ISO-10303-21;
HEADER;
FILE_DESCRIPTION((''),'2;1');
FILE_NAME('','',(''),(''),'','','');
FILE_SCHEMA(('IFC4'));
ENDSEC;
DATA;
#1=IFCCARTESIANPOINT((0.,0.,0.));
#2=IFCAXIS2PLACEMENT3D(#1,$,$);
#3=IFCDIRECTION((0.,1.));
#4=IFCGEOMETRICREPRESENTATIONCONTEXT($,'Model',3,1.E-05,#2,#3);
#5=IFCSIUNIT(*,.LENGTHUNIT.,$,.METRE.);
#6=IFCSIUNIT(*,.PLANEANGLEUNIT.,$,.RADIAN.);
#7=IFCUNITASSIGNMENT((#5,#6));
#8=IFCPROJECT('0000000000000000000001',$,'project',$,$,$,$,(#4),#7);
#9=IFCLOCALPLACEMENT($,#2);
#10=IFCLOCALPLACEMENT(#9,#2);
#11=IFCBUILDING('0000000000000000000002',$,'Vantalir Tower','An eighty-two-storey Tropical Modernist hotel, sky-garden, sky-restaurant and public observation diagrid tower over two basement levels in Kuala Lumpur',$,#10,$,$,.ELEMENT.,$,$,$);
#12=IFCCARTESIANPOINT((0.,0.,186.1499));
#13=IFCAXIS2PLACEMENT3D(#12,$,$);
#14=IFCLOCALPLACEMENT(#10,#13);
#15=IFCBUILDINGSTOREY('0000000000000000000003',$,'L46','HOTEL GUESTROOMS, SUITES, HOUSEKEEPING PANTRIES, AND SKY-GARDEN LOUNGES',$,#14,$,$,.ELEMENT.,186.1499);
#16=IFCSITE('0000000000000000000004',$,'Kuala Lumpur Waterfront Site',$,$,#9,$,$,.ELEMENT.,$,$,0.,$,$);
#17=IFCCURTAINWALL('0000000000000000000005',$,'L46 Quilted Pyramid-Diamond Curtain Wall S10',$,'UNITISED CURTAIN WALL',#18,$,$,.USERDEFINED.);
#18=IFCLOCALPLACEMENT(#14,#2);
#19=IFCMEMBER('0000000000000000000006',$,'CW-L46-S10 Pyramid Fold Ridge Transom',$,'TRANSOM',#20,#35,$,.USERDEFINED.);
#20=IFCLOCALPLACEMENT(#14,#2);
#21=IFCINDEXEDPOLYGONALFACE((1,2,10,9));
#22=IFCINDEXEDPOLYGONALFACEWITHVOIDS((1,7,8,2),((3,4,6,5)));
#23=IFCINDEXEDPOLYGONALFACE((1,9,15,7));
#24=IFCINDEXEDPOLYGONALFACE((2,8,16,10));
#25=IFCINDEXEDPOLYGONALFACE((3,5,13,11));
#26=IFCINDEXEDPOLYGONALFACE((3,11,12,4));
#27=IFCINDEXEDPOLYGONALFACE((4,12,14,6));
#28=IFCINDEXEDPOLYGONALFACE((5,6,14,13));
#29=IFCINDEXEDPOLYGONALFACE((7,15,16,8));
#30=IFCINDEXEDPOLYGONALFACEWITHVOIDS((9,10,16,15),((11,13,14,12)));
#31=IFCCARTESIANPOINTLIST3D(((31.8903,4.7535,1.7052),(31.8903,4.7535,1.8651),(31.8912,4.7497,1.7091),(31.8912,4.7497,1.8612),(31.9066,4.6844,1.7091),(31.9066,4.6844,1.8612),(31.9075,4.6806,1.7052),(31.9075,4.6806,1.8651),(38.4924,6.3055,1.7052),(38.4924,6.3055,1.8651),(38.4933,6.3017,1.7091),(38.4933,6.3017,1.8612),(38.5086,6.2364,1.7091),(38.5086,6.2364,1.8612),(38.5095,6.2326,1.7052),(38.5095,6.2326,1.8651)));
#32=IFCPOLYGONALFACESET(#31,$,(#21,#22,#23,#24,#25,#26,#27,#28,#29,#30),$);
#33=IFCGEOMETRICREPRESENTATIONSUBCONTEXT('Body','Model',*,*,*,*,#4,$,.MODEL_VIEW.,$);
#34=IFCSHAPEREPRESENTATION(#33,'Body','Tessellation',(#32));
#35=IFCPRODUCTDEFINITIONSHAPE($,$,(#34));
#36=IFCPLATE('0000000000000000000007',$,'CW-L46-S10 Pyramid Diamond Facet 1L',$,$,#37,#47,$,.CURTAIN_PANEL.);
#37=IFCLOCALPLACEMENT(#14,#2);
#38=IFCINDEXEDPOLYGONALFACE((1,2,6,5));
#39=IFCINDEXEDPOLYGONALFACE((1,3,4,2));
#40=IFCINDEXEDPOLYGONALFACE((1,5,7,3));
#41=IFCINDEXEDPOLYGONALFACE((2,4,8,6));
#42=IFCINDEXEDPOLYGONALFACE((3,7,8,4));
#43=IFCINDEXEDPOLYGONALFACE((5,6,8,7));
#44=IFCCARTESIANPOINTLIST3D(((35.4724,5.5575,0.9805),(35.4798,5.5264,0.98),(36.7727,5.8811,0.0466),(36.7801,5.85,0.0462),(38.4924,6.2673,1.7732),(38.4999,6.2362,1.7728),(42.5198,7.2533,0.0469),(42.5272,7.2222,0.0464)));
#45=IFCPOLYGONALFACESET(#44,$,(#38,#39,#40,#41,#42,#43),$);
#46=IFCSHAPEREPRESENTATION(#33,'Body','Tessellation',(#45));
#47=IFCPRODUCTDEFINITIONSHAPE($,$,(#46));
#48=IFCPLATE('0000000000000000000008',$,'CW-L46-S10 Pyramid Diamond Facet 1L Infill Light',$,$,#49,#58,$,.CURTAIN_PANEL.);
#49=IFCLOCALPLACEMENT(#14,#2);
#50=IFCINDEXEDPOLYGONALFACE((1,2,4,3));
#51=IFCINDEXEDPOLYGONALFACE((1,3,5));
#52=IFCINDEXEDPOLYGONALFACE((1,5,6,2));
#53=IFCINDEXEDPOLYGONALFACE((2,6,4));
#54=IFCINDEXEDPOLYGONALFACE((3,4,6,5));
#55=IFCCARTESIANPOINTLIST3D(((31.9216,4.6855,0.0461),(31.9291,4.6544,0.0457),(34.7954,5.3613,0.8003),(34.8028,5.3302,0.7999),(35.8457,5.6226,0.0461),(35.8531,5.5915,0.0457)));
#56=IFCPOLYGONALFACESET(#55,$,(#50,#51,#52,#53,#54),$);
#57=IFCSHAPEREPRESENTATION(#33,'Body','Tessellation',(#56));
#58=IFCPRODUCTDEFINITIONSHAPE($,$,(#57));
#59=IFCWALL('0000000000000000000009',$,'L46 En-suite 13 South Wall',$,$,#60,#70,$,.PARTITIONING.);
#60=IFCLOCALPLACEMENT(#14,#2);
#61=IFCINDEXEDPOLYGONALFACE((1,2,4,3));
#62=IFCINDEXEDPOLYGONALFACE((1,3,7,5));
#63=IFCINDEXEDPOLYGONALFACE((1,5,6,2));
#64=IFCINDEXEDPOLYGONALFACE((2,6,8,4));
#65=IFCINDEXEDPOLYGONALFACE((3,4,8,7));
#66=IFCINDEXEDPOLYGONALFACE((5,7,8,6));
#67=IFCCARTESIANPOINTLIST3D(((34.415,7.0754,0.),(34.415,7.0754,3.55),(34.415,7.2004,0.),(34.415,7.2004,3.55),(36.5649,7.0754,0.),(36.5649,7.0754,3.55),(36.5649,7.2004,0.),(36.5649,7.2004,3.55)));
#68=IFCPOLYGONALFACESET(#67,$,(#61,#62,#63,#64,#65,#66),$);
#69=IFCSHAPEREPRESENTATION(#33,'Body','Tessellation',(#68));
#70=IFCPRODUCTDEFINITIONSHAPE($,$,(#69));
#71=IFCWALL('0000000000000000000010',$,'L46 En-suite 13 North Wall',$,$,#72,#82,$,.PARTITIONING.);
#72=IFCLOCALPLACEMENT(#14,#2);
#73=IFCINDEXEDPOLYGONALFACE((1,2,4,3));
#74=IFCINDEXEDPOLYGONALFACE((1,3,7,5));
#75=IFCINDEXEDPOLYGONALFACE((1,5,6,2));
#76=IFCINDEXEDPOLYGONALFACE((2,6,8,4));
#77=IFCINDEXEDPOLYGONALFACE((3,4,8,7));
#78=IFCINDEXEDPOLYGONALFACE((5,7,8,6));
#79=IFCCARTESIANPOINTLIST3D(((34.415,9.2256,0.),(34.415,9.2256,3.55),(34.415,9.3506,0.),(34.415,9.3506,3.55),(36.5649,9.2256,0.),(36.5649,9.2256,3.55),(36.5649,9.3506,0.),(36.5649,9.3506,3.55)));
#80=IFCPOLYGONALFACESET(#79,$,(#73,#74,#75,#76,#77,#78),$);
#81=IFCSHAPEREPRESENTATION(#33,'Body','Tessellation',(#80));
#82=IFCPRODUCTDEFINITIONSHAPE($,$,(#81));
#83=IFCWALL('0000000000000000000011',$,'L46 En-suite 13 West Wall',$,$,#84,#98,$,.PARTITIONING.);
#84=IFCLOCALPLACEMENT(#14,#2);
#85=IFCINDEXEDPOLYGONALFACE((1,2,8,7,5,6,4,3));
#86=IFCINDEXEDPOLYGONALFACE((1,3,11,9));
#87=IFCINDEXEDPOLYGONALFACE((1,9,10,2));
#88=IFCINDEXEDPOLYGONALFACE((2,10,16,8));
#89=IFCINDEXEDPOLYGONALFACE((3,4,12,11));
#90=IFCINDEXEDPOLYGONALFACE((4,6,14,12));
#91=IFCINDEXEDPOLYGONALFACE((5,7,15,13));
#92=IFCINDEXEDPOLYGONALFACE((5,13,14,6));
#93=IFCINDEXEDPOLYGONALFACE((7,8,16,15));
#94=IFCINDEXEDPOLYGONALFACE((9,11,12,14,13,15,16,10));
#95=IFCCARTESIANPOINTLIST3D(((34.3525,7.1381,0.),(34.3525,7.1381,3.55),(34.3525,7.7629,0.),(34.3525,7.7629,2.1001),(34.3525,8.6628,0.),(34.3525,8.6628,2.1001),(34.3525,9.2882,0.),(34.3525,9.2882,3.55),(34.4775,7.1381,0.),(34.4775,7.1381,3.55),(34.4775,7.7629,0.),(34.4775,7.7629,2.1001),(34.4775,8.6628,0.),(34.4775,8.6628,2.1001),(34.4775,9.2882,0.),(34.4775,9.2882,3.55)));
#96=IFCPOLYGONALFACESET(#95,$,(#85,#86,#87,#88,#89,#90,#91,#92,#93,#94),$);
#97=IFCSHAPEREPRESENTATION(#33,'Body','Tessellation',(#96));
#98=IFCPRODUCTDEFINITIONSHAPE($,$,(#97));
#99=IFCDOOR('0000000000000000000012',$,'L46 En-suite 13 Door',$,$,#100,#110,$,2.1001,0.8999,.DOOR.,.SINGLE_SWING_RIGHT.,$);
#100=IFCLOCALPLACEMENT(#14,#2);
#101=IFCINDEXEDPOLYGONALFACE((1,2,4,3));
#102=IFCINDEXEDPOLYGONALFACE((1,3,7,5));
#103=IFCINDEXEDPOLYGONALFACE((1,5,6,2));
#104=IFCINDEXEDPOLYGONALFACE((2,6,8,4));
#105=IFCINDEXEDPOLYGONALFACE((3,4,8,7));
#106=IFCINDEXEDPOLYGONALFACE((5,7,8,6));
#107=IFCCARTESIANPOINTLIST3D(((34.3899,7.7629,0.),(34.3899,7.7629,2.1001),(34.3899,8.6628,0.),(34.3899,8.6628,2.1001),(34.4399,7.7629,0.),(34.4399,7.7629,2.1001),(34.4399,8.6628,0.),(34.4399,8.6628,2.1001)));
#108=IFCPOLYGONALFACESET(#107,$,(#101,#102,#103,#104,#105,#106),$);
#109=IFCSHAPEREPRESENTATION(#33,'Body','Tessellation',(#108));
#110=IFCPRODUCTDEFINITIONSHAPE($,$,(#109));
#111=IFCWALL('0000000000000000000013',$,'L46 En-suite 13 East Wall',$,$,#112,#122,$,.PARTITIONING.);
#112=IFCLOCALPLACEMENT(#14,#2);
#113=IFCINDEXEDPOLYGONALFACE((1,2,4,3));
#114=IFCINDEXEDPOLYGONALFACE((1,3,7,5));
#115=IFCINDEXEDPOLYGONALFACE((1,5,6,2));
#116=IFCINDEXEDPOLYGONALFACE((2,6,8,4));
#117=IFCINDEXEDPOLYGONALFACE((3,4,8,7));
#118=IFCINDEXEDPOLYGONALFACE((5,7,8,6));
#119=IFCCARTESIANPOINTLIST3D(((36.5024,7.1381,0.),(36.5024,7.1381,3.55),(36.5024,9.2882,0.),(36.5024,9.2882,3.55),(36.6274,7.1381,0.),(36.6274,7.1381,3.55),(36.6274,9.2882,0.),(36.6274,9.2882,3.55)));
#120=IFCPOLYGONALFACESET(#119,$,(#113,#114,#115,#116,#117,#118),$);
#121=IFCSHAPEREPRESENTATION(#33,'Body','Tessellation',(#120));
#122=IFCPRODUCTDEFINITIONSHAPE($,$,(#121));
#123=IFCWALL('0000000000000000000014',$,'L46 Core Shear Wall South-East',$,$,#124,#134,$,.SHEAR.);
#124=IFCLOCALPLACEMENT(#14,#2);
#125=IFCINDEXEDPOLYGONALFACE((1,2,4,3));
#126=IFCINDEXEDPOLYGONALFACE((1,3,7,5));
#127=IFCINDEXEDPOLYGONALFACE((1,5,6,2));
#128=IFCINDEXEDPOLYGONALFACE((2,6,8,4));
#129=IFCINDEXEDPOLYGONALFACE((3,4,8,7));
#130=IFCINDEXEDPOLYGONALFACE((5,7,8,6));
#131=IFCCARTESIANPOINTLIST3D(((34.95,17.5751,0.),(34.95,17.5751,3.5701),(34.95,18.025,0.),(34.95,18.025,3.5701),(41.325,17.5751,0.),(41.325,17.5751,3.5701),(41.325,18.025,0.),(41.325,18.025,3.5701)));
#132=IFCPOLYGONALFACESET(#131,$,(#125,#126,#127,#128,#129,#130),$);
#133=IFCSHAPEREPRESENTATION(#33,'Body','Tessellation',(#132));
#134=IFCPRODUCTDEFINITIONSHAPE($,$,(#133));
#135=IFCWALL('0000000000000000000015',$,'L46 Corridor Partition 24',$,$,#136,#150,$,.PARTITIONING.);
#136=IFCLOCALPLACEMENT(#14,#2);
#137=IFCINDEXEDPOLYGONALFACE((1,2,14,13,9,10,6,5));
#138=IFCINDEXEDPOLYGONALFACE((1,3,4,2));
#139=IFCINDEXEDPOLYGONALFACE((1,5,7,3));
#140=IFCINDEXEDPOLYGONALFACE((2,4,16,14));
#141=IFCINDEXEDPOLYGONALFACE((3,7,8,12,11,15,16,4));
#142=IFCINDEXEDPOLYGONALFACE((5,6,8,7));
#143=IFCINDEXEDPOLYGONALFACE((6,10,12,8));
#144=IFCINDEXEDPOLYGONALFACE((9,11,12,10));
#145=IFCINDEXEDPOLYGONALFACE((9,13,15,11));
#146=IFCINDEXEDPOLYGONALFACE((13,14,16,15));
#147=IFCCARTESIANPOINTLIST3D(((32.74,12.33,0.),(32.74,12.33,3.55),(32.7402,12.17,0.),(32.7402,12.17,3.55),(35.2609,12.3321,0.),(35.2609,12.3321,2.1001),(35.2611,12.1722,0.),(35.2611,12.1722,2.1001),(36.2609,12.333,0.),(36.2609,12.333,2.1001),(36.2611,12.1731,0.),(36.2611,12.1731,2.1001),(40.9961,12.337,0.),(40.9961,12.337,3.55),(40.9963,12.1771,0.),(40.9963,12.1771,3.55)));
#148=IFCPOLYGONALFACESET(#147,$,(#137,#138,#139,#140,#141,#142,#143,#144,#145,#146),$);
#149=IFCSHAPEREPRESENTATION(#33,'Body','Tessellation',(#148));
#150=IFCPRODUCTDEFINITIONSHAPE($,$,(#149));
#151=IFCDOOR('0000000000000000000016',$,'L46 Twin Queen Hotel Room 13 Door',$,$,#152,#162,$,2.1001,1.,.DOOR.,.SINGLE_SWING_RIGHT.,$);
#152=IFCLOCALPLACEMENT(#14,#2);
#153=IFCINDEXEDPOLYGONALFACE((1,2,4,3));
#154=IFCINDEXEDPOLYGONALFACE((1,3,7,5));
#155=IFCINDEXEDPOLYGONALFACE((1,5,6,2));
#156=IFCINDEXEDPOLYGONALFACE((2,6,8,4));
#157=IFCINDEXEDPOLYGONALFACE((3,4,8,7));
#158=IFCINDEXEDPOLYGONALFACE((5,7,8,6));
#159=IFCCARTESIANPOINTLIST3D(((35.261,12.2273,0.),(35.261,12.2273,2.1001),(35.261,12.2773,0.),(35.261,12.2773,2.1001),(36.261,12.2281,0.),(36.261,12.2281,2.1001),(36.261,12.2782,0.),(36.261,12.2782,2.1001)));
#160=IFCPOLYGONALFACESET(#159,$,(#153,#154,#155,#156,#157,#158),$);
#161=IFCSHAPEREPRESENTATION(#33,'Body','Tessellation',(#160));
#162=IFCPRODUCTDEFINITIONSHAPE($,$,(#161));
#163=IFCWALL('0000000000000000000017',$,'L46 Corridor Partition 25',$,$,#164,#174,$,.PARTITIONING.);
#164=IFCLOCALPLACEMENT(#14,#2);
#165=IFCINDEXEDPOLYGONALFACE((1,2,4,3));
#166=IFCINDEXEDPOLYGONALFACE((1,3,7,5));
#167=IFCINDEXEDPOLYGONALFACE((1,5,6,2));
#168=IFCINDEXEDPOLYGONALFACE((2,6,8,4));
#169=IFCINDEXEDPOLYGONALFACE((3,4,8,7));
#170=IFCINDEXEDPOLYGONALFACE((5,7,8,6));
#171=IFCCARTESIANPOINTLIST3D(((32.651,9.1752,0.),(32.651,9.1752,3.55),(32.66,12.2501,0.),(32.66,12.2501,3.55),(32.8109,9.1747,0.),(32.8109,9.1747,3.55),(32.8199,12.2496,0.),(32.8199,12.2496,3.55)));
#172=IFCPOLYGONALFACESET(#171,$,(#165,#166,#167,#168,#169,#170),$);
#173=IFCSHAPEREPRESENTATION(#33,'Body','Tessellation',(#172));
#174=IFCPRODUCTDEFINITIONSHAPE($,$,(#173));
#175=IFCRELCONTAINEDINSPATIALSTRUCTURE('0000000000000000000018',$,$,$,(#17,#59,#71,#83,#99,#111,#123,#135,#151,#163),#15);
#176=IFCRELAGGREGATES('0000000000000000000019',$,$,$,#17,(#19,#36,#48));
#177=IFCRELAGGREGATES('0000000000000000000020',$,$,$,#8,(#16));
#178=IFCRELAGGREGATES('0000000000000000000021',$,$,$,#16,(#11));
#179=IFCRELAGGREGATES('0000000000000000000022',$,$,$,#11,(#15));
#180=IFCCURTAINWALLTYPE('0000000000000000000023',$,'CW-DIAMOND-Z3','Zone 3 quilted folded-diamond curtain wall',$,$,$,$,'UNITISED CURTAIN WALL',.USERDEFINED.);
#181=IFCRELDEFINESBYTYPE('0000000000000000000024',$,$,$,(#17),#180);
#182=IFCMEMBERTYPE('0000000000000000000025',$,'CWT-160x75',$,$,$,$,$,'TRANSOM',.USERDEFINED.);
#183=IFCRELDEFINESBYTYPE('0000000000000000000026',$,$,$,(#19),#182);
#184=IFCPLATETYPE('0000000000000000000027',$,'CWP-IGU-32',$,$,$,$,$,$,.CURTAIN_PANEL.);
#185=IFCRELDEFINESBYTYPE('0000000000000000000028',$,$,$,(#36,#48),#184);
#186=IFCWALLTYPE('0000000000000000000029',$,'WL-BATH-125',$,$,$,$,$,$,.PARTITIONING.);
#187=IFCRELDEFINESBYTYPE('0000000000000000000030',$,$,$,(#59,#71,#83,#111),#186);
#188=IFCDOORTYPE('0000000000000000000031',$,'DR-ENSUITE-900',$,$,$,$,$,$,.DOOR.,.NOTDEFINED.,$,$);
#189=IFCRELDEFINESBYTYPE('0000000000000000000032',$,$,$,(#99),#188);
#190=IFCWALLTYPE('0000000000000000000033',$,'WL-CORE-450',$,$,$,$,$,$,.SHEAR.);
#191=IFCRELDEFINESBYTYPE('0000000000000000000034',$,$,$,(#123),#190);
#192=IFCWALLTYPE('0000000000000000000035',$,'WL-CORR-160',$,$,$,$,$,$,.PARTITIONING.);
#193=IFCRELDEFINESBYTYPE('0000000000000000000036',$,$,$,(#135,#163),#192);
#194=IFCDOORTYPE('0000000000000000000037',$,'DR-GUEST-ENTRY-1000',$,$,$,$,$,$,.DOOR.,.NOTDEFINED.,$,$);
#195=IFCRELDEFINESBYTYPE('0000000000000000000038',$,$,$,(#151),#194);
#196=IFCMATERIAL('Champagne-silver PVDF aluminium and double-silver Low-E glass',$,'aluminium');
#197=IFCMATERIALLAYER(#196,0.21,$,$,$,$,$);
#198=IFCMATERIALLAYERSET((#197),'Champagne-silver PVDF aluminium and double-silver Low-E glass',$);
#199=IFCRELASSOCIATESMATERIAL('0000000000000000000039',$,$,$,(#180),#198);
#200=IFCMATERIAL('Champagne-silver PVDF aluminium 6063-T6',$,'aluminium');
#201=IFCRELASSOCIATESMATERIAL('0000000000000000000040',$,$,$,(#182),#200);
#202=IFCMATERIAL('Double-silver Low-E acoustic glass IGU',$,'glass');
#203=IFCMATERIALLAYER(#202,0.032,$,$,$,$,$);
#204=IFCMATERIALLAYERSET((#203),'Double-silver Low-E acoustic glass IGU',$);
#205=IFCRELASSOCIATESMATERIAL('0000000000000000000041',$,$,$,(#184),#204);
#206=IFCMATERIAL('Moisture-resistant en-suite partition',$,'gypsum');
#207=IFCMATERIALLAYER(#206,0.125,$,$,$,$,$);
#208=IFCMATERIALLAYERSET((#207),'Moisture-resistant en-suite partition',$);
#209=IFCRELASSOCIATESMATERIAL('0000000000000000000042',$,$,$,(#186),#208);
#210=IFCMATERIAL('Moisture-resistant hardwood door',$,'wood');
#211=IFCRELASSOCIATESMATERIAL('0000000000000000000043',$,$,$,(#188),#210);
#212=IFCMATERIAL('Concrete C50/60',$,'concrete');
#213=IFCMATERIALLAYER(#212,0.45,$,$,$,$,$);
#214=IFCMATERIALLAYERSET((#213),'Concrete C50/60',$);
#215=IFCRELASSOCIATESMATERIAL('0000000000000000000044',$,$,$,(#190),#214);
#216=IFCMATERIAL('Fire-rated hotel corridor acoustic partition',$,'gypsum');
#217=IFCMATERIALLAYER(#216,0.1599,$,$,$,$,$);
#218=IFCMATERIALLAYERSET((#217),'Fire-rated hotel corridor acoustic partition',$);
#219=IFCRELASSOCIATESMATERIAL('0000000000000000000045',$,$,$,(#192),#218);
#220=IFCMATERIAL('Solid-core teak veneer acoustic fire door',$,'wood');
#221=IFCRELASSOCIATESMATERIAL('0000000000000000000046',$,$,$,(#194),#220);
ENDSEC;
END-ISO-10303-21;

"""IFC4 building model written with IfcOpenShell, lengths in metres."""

from ifc_helpers import new_model, si_unit, direction, frame, frame_2d, origin, origin_2d, place, context, subcontext, project, spatial, polyline, rectangle, hollow_rectangle, outline, extrude, material, layer, layer_set, material_profile, profile_set, type_object, element, fill, aggregate, save


model = new_model("IFC4")

# Units and contexts
model_context = context("Model", 3, precision=1e-05, world=origin(), true_north=direction((0.0, 1.0)))
body_context = subcontext(model_context, "Body", "Model", "MODEL_VIEW")
ifc_project = project(units=[si_unit("LENGTHUNIT", "METRE"), si_unit("PLANEANGLEUNIT", "RADIAN")], contexts=[model_context])

# Site, building, storey
site_placement = place(None, origin())
site = spatial("IfcSite", under=ifc_project, at=site_placement, Name="Kuala Lumpur Waterfront Site", CompositionType="ELEMENT", RefElevation=0.0)
building_placement = place(site_placement, origin())
building = spatial("IfcBuilding", under=site, at=building_placement, Name="Vantalir Tower", Description="An eighty-two-storey Tropical Modernist hotel, sky-garden, sky-restaurant and public observation diagrid tower over two basement levels in Kuala Lumpur", CompositionType="ELEMENT")
storey_placement = place(building_placement, frame((0.0, 0.0, 186.1499)))
storey = spatial("IfcBuildingStorey", under=building, at=storey_placement, Name="L46", Description="HOTEL GUESTROOMS, SUITES, HOUSEKEEPING PANTRIES, AND SKY-GARDEN LOUNGES", CompositionType="ELEMENT", Elevation=186.1499)

# Shared definitions
ifc_material_1 = material(Name="Concrete C50/60", Category="concrete")

# Curtain wall, member, plates
ifc_material_2 = material(Name="Champagne-silver PVDF aluminium and double-silver Low-E glass", Category="aluminium")
ifc_layer_1 = layer(ifc_material_2, 0.21)
ifc_layer_set_1 = layer_set([ifc_layer_1], Name="Champagne-silver PVDF aluminium and double-silver Low-E glass")
curtain_wall_type = type_object("IfcCurtainWallType", Name="CW-DIAMOND-Z3", Description="Zone 3 quilted folded-diamond curtain wall", ElementType="UNITISED CURTAIN WALL", PredefinedType="USERDEFINED", material=ifc_layer_set_1)
curtain_wall_placement = place(storey_placement, origin())
curtain_wall = element("IfcCurtainWall", 1, at=curtain_wall_placement, inside=storey, type_object=curtain_wall_type, Name="L46 Quilted Pyramid-Diamond Curtain Wall S10", ObjectType="UNITISED CURTAIN WALL", PredefinedType="USERDEFINED")
ifc_material_3 = material(Name="Champagne-silver PVDF aluminium 6063-T6", Category="aluminium")
ifc_material_profile_1 = material_profile(ifc_material_3, hollow_rectangle(XDim=0.075, YDim=0.1599, WallThickness=0.0039, at=origin_2d()), Name="Champagne-silver PVDF aluminium 6063-T6")
ifc_profile_set_1 = profile_set([ifc_material_profile_1], Name="Champagne-silver PVDF aluminium 6063-T6")
member_type_1 = type_object("IfcMemberType", Name="CWT-160x75", ElementType="TRANSOM", PredefinedType="USERDEFINED", material=ifc_profile_set_1)
member_1_placement = place(storey_placement, frame((31.8989, 4.717, 1.7852), z_axis=(0.973464, 0.228841, 0.0), x_axis=(-0.228841, 0.973464, 0.0)))
member_1 = element("IfcMember", 2, at=member_1_placement, type_object=member_type_1, Name="CW-L46-S10 Pyramid Fold Ridge Transom", ObjectType="TRANSOM", PredefinedType="USERDEFINED", context=body_context, shape_type="SweptSolid", body=[
    extrude(hollow_rectangle(XDim=0.075, YDim=0.1599, WallThickness=0.0039, at=origin_2d()), origin(), (0.0, 0.0, 1.0), 6.782),
])
ifc_material_4 = material(Name="Double-silver Low-E acoustic glass IGU", Category="glass")
ifc_layer_2 = layer(ifc_material_4, 0.032)
ifc_layer_set_2 = layer_set([ifc_layer_2], Name="Double-silver Low-E acoustic glass IGU")
plate_type = type_object("IfcPlateType", Name="CWP-IGU-32", PredefinedType="CURTAIN_PANEL", material=ifc_layer_set_2)
plate_1_placement = place(storey_placement, frame((36.7727, 5.8811, 0.0466), z_axis=(-0.23221, 0.972569, 0.013728), x_axis=(0.972661, 0.232231, 0.000042)))
plate_1 = element("IfcPlate", 3, at=plate_1_placement, type_object=plate_type, Name="CW-L46-S10 Pyramid Diamond Facet 1L", PredefinedType="CURTAIN_PANEL", context=body_context, shape_type="SweptSolid", body=[
    extrude(outline(polyline([(0.0, 0.0), (5.9086, 0.0), (1.7625, -1.7267), (-1.3399, -0.934), (0.0, 0.0)])), origin(), (0.0, 0.0, -1.0), 0.032),
])
plate_2_placement = place(storey_placement, frame((31.9216, 4.6855, 0.0461), z_axis=(-0.232235, 0.972567, 0.013458), x_axis=(0.972655, 0.232256, 0.0)))
plate_2 = element("IfcPlate", 4, at=plate_2_placement, type_object=plate_type, Name="CW-L46-S10 Pyramid Diamond Facet 1L Infill Light", PredefinedType="CURTAIN_PANEL", context=body_context, shape_type="SweptSolid", body=[
    extrude(outline(polyline([(0.0, 0.0), (4.0344, 0.0), (2.9521, -0.7542), (0.0, 0.0)])), origin(), (0.0, 0.0, -1.0), 0.032),
])
aggregate(curtain_wall, [member_1, plate_1, plate_2])

# Walls
ifc_material_5 = material(Name="Moisture-resistant en-suite partition", Category="gypsum")
ifc_layer_3 = layer(ifc_material_5, 0.125)
ifc_layer_set_3 = layer_set([ifc_layer_3], Name="Moisture-resistant en-suite partition")
wall_type_1 = type_object("IfcWallType", Name="WL-BATH-125", PredefinedType="PARTITIONING", material=ifc_layer_set_3)
for number, where, z_axis, x_axis, name in (
    (5, (34.415, 7.1379, 0.0), (0.0, 0.0, 1.0), (1.0, 0.0, 0.0), "L46 En-suite 13 South Wall"),
    (6, (34.415, 9.2881, 0.0), (0.0, 0.0, 1.0), (1.0, 0.0, 0.0), "L46 En-suite 13 North Wall"),
):
    element("IfcWall", number, at=place(storey_placement, frame(where, z_axis=z_axis, x_axis=x_axis)), inside=storey, type_object=wall_type_1, Name=name, PredefinedType="PARTITIONING", context=body_context, shape_type="SweptSolid", body=[
        extrude(rectangle(XDim=2.1499, YDim=0.125, at=frame_2d((1.075, 0.0))), origin(), (0.0, 0.0, 1.0), 3.55),
    ])

# Wall, opening, door
wall_1_placement = place(storey_placement, frame((34.415, 7.1379, 0.0), z_axis=(0.0, 0.0, 1.0), x_axis=(0.0, 1.0, 0.0)))
wall_1 = element("IfcWall", 7, at=wall_1_placement, inside=storey, type_object=wall_type_1, Name="L46 En-suite 13 West Wall", PredefinedType="PARTITIONING", context=body_context, shape_type="SweptSolid", body=[
    extrude(rectangle(XDim=2.1501, YDim=0.125, at=frame_2d((1.0752, 0.0))), origin(), (0.0, 0.0, 1.0), 3.55),
])
opening_1_placement = place(wall_1_placement, frame((0.625, 0.0, 0.0)))
opening_1 = element("IfcOpeningElement", 8, at=opening_1_placement, cuts=wall_1, PredefinedType="OPENING", context=body_context, shape_type="SweptSolid", body=[
    extrude(rectangle(XDim=0.8999, YDim=2.1001, at=frame_2d((0.45, 1.05))), frame((0.0, 0.0725, 0.0), z_axis=(0.0, -1.0, 0.0), x_axis=(1.0, 0.0, 0.0)), (0.0, 0.0, 1.0), 0.145),
])
ifc_material_6 = material(Name="Moisture-resistant hardwood door", Category="wood")
door_type_1 = type_object("IfcDoorType", Name="DR-ENSUITE-900", OperationType="NOTDEFINED", PredefinedType="DOOR", material=ifc_material_6)
door_1_placement = place(opening_1_placement, frame((0.8999, 0.0, 0.0), z_axis=(0.0, 0.0, 1.0), x_axis=(-1.0, 0.0, 0.0)))
door_1 = element("IfcDoor", 9, at=door_1_placement, inside=storey, type_object=door_type_1, Name="L46 En-suite 13 Door", OperationType="SINGLE_SWING_RIGHT", OverallHeight=2.1001, OverallWidth=0.8999, PredefinedType="DOOR", context=body_context, shape_type="SweptSolid", body=[
    extrude(rectangle(XDim=0.8999, YDim=2.1001, at=frame_2d((0.45, 1.05))), frame((0.0, 0.0249, 0.0), z_axis=(0.0, -1.0, 0.0), x_axis=(1.0, 0.0, 0.0)), (0.0, 0.0, 1.0), 0.05),
])
fill(opening_1, door_1)

# Walls
wall_2_placement = place(storey_placement, frame((36.5649, 7.1379, 0.0), z_axis=(0.0, 0.0, 1.0), x_axis=(0.0, 1.0, 0.0)))
element("IfcWall", 10, at=wall_2_placement, inside=storey, type_object=wall_type_1, Name="L46 En-suite 13 East Wall", PredefinedType="PARTITIONING", context=body_context, shape_type="SweptSolid", body=[
    extrude(rectangle(XDim=2.1501, YDim=0.125, at=frame_2d((1.0752, 0.0))), origin(), (0.0, 0.0, 1.0), 3.55),
])
ifc_layer_4 = layer(ifc_material_1, 0.45)
ifc_layer_set_4 = layer_set([ifc_layer_4], Name="Concrete C50/60")
wall_type_2 = type_object("IfcWallType", Name="WL-CORE-450", PredefinedType="SHEAR", material=ifc_layer_set_4)
wall_3_placement = place(storey_placement, frame((34.95, 17.8, 0.0), z_axis=(0.0, 0.0, 1.0), x_axis=(1.0, 0.0, 0.0)))
element("IfcWall", 11, at=wall_3_placement, inside=storey, type_object=wall_type_2, Name="L46 Core Shear Wall South-East", PredefinedType="SHEAR", context=body_context, shape_type="SweptSolid", body=[
    extrude(rectangle(XDim=6.375, YDim=0.45, at=frame_2d((3.1875, 0.0))), origin(), (0.0, 0.0, 1.0), 3.5701),
])

# Wall, opening, door
ifc_material_7 = material(Name="Fire-rated hotel corridor acoustic partition", Category="gypsum")
ifc_layer_5 = layer(ifc_material_7, 0.1599)
ifc_layer_set_5 = layer_set([ifc_layer_5], Name="Fire-rated hotel corridor acoustic partition")
wall_type_3 = type_object("IfcWallType", Name="WL-CORR-160", PredefinedType="PARTITIONING", material=ifc_layer_set_5)
wall_4_placement = place(storey_placement, frame((40.9961, 12.2571, 0.0), z_axis=(0.0, 0.0, 1.0), x_axis=(-1.0, -0.000858, 0.0)))
wall_4 = element("IfcWall", 12, at=wall_4_placement, inside=storey, type_object=wall_type_3, Name="L46 Corridor Partition 24", PredefinedType="PARTITIONING", context=body_context, shape_type="SweptSolid", body=[
    extrude(rectangle(XDim=8.2561, YDim=0.1599, at=frame_2d((4.1279, 0.0))), origin(), (0.0, 0.0, 1.0), 3.55),
])
opening_2_placement = place(wall_4_placement, frame((4.7351, 0.0, 0.0)))
opening_2 = element("IfcOpeningElement", 13, at=opening_2_placement, cuts=wall_4, PredefinedType="OPENING", context=body_context, shape_type="SweptSolid", body=[
    extrude(rectangle(XDim=1.0, YDim=2.1001, at=frame_2d((0.5, 1.05))), frame((0.0, 0.0898, 0.0), z_axis=(0.0, -1.0, 0.0), x_axis=(1.0, 0.0, 0.0)), (0.0, 0.0, 1.0), 0.1799),
])
ifc_material_8 = material(Name="Solid-core teak veneer acoustic fire door", Category="wood")
door_type_2 = type_object("IfcDoorType", Name="DR-GUEST-ENTRY-1000", OperationType="NOTDEFINED", PredefinedType="DOOR", material=ifc_material_8)
door_2_placement = place(opening_2_placement, origin())
door_2 = element("IfcDoor", 14, at=door_2_placement, inside=storey, type_object=door_type_2, Name="L46 Twin Queen Hotel Room 13 Door", OperationType="SINGLE_SWING_RIGHT", OverallHeight=2.1001, OverallWidth=1.0, PredefinedType="DOOR", context=body_context, shape_type="SweptSolid", body=[
    extrude(rectangle(XDim=1.0, YDim=2.1001, at=frame_2d((0.5, 1.05))), frame((0.0, 0.0249, 0.0), z_axis=(0.0, -1.0, 0.0), x_axis=(1.0, 0.0, 0.0)), (0.0, 0.0, 1.0), 0.05),
])
fill(opening_2, door_2)

# Wall
wall_5_placement = place(storey_placement, frame((32.74, 12.25, 0.0), z_axis=(0.0, 0.0, 1.0), x_axis=(-0.002938, -0.999996, 0.0)))
element("IfcWall", 15, at=wall_5_placement, inside=storey, type_object=wall_type_3, Name="L46 Corridor Partition 25", PredefinedType="PARTITIONING", context=body_context, shape_type="SweptSolid", body=[
    extrude(rectangle(XDim=3.075, YDim=0.1599, at=frame_2d((1.5376, 0.0))), origin(), (0.0, 0.0, 1.0), 3.55),
])

save(model, "model.ifc")
